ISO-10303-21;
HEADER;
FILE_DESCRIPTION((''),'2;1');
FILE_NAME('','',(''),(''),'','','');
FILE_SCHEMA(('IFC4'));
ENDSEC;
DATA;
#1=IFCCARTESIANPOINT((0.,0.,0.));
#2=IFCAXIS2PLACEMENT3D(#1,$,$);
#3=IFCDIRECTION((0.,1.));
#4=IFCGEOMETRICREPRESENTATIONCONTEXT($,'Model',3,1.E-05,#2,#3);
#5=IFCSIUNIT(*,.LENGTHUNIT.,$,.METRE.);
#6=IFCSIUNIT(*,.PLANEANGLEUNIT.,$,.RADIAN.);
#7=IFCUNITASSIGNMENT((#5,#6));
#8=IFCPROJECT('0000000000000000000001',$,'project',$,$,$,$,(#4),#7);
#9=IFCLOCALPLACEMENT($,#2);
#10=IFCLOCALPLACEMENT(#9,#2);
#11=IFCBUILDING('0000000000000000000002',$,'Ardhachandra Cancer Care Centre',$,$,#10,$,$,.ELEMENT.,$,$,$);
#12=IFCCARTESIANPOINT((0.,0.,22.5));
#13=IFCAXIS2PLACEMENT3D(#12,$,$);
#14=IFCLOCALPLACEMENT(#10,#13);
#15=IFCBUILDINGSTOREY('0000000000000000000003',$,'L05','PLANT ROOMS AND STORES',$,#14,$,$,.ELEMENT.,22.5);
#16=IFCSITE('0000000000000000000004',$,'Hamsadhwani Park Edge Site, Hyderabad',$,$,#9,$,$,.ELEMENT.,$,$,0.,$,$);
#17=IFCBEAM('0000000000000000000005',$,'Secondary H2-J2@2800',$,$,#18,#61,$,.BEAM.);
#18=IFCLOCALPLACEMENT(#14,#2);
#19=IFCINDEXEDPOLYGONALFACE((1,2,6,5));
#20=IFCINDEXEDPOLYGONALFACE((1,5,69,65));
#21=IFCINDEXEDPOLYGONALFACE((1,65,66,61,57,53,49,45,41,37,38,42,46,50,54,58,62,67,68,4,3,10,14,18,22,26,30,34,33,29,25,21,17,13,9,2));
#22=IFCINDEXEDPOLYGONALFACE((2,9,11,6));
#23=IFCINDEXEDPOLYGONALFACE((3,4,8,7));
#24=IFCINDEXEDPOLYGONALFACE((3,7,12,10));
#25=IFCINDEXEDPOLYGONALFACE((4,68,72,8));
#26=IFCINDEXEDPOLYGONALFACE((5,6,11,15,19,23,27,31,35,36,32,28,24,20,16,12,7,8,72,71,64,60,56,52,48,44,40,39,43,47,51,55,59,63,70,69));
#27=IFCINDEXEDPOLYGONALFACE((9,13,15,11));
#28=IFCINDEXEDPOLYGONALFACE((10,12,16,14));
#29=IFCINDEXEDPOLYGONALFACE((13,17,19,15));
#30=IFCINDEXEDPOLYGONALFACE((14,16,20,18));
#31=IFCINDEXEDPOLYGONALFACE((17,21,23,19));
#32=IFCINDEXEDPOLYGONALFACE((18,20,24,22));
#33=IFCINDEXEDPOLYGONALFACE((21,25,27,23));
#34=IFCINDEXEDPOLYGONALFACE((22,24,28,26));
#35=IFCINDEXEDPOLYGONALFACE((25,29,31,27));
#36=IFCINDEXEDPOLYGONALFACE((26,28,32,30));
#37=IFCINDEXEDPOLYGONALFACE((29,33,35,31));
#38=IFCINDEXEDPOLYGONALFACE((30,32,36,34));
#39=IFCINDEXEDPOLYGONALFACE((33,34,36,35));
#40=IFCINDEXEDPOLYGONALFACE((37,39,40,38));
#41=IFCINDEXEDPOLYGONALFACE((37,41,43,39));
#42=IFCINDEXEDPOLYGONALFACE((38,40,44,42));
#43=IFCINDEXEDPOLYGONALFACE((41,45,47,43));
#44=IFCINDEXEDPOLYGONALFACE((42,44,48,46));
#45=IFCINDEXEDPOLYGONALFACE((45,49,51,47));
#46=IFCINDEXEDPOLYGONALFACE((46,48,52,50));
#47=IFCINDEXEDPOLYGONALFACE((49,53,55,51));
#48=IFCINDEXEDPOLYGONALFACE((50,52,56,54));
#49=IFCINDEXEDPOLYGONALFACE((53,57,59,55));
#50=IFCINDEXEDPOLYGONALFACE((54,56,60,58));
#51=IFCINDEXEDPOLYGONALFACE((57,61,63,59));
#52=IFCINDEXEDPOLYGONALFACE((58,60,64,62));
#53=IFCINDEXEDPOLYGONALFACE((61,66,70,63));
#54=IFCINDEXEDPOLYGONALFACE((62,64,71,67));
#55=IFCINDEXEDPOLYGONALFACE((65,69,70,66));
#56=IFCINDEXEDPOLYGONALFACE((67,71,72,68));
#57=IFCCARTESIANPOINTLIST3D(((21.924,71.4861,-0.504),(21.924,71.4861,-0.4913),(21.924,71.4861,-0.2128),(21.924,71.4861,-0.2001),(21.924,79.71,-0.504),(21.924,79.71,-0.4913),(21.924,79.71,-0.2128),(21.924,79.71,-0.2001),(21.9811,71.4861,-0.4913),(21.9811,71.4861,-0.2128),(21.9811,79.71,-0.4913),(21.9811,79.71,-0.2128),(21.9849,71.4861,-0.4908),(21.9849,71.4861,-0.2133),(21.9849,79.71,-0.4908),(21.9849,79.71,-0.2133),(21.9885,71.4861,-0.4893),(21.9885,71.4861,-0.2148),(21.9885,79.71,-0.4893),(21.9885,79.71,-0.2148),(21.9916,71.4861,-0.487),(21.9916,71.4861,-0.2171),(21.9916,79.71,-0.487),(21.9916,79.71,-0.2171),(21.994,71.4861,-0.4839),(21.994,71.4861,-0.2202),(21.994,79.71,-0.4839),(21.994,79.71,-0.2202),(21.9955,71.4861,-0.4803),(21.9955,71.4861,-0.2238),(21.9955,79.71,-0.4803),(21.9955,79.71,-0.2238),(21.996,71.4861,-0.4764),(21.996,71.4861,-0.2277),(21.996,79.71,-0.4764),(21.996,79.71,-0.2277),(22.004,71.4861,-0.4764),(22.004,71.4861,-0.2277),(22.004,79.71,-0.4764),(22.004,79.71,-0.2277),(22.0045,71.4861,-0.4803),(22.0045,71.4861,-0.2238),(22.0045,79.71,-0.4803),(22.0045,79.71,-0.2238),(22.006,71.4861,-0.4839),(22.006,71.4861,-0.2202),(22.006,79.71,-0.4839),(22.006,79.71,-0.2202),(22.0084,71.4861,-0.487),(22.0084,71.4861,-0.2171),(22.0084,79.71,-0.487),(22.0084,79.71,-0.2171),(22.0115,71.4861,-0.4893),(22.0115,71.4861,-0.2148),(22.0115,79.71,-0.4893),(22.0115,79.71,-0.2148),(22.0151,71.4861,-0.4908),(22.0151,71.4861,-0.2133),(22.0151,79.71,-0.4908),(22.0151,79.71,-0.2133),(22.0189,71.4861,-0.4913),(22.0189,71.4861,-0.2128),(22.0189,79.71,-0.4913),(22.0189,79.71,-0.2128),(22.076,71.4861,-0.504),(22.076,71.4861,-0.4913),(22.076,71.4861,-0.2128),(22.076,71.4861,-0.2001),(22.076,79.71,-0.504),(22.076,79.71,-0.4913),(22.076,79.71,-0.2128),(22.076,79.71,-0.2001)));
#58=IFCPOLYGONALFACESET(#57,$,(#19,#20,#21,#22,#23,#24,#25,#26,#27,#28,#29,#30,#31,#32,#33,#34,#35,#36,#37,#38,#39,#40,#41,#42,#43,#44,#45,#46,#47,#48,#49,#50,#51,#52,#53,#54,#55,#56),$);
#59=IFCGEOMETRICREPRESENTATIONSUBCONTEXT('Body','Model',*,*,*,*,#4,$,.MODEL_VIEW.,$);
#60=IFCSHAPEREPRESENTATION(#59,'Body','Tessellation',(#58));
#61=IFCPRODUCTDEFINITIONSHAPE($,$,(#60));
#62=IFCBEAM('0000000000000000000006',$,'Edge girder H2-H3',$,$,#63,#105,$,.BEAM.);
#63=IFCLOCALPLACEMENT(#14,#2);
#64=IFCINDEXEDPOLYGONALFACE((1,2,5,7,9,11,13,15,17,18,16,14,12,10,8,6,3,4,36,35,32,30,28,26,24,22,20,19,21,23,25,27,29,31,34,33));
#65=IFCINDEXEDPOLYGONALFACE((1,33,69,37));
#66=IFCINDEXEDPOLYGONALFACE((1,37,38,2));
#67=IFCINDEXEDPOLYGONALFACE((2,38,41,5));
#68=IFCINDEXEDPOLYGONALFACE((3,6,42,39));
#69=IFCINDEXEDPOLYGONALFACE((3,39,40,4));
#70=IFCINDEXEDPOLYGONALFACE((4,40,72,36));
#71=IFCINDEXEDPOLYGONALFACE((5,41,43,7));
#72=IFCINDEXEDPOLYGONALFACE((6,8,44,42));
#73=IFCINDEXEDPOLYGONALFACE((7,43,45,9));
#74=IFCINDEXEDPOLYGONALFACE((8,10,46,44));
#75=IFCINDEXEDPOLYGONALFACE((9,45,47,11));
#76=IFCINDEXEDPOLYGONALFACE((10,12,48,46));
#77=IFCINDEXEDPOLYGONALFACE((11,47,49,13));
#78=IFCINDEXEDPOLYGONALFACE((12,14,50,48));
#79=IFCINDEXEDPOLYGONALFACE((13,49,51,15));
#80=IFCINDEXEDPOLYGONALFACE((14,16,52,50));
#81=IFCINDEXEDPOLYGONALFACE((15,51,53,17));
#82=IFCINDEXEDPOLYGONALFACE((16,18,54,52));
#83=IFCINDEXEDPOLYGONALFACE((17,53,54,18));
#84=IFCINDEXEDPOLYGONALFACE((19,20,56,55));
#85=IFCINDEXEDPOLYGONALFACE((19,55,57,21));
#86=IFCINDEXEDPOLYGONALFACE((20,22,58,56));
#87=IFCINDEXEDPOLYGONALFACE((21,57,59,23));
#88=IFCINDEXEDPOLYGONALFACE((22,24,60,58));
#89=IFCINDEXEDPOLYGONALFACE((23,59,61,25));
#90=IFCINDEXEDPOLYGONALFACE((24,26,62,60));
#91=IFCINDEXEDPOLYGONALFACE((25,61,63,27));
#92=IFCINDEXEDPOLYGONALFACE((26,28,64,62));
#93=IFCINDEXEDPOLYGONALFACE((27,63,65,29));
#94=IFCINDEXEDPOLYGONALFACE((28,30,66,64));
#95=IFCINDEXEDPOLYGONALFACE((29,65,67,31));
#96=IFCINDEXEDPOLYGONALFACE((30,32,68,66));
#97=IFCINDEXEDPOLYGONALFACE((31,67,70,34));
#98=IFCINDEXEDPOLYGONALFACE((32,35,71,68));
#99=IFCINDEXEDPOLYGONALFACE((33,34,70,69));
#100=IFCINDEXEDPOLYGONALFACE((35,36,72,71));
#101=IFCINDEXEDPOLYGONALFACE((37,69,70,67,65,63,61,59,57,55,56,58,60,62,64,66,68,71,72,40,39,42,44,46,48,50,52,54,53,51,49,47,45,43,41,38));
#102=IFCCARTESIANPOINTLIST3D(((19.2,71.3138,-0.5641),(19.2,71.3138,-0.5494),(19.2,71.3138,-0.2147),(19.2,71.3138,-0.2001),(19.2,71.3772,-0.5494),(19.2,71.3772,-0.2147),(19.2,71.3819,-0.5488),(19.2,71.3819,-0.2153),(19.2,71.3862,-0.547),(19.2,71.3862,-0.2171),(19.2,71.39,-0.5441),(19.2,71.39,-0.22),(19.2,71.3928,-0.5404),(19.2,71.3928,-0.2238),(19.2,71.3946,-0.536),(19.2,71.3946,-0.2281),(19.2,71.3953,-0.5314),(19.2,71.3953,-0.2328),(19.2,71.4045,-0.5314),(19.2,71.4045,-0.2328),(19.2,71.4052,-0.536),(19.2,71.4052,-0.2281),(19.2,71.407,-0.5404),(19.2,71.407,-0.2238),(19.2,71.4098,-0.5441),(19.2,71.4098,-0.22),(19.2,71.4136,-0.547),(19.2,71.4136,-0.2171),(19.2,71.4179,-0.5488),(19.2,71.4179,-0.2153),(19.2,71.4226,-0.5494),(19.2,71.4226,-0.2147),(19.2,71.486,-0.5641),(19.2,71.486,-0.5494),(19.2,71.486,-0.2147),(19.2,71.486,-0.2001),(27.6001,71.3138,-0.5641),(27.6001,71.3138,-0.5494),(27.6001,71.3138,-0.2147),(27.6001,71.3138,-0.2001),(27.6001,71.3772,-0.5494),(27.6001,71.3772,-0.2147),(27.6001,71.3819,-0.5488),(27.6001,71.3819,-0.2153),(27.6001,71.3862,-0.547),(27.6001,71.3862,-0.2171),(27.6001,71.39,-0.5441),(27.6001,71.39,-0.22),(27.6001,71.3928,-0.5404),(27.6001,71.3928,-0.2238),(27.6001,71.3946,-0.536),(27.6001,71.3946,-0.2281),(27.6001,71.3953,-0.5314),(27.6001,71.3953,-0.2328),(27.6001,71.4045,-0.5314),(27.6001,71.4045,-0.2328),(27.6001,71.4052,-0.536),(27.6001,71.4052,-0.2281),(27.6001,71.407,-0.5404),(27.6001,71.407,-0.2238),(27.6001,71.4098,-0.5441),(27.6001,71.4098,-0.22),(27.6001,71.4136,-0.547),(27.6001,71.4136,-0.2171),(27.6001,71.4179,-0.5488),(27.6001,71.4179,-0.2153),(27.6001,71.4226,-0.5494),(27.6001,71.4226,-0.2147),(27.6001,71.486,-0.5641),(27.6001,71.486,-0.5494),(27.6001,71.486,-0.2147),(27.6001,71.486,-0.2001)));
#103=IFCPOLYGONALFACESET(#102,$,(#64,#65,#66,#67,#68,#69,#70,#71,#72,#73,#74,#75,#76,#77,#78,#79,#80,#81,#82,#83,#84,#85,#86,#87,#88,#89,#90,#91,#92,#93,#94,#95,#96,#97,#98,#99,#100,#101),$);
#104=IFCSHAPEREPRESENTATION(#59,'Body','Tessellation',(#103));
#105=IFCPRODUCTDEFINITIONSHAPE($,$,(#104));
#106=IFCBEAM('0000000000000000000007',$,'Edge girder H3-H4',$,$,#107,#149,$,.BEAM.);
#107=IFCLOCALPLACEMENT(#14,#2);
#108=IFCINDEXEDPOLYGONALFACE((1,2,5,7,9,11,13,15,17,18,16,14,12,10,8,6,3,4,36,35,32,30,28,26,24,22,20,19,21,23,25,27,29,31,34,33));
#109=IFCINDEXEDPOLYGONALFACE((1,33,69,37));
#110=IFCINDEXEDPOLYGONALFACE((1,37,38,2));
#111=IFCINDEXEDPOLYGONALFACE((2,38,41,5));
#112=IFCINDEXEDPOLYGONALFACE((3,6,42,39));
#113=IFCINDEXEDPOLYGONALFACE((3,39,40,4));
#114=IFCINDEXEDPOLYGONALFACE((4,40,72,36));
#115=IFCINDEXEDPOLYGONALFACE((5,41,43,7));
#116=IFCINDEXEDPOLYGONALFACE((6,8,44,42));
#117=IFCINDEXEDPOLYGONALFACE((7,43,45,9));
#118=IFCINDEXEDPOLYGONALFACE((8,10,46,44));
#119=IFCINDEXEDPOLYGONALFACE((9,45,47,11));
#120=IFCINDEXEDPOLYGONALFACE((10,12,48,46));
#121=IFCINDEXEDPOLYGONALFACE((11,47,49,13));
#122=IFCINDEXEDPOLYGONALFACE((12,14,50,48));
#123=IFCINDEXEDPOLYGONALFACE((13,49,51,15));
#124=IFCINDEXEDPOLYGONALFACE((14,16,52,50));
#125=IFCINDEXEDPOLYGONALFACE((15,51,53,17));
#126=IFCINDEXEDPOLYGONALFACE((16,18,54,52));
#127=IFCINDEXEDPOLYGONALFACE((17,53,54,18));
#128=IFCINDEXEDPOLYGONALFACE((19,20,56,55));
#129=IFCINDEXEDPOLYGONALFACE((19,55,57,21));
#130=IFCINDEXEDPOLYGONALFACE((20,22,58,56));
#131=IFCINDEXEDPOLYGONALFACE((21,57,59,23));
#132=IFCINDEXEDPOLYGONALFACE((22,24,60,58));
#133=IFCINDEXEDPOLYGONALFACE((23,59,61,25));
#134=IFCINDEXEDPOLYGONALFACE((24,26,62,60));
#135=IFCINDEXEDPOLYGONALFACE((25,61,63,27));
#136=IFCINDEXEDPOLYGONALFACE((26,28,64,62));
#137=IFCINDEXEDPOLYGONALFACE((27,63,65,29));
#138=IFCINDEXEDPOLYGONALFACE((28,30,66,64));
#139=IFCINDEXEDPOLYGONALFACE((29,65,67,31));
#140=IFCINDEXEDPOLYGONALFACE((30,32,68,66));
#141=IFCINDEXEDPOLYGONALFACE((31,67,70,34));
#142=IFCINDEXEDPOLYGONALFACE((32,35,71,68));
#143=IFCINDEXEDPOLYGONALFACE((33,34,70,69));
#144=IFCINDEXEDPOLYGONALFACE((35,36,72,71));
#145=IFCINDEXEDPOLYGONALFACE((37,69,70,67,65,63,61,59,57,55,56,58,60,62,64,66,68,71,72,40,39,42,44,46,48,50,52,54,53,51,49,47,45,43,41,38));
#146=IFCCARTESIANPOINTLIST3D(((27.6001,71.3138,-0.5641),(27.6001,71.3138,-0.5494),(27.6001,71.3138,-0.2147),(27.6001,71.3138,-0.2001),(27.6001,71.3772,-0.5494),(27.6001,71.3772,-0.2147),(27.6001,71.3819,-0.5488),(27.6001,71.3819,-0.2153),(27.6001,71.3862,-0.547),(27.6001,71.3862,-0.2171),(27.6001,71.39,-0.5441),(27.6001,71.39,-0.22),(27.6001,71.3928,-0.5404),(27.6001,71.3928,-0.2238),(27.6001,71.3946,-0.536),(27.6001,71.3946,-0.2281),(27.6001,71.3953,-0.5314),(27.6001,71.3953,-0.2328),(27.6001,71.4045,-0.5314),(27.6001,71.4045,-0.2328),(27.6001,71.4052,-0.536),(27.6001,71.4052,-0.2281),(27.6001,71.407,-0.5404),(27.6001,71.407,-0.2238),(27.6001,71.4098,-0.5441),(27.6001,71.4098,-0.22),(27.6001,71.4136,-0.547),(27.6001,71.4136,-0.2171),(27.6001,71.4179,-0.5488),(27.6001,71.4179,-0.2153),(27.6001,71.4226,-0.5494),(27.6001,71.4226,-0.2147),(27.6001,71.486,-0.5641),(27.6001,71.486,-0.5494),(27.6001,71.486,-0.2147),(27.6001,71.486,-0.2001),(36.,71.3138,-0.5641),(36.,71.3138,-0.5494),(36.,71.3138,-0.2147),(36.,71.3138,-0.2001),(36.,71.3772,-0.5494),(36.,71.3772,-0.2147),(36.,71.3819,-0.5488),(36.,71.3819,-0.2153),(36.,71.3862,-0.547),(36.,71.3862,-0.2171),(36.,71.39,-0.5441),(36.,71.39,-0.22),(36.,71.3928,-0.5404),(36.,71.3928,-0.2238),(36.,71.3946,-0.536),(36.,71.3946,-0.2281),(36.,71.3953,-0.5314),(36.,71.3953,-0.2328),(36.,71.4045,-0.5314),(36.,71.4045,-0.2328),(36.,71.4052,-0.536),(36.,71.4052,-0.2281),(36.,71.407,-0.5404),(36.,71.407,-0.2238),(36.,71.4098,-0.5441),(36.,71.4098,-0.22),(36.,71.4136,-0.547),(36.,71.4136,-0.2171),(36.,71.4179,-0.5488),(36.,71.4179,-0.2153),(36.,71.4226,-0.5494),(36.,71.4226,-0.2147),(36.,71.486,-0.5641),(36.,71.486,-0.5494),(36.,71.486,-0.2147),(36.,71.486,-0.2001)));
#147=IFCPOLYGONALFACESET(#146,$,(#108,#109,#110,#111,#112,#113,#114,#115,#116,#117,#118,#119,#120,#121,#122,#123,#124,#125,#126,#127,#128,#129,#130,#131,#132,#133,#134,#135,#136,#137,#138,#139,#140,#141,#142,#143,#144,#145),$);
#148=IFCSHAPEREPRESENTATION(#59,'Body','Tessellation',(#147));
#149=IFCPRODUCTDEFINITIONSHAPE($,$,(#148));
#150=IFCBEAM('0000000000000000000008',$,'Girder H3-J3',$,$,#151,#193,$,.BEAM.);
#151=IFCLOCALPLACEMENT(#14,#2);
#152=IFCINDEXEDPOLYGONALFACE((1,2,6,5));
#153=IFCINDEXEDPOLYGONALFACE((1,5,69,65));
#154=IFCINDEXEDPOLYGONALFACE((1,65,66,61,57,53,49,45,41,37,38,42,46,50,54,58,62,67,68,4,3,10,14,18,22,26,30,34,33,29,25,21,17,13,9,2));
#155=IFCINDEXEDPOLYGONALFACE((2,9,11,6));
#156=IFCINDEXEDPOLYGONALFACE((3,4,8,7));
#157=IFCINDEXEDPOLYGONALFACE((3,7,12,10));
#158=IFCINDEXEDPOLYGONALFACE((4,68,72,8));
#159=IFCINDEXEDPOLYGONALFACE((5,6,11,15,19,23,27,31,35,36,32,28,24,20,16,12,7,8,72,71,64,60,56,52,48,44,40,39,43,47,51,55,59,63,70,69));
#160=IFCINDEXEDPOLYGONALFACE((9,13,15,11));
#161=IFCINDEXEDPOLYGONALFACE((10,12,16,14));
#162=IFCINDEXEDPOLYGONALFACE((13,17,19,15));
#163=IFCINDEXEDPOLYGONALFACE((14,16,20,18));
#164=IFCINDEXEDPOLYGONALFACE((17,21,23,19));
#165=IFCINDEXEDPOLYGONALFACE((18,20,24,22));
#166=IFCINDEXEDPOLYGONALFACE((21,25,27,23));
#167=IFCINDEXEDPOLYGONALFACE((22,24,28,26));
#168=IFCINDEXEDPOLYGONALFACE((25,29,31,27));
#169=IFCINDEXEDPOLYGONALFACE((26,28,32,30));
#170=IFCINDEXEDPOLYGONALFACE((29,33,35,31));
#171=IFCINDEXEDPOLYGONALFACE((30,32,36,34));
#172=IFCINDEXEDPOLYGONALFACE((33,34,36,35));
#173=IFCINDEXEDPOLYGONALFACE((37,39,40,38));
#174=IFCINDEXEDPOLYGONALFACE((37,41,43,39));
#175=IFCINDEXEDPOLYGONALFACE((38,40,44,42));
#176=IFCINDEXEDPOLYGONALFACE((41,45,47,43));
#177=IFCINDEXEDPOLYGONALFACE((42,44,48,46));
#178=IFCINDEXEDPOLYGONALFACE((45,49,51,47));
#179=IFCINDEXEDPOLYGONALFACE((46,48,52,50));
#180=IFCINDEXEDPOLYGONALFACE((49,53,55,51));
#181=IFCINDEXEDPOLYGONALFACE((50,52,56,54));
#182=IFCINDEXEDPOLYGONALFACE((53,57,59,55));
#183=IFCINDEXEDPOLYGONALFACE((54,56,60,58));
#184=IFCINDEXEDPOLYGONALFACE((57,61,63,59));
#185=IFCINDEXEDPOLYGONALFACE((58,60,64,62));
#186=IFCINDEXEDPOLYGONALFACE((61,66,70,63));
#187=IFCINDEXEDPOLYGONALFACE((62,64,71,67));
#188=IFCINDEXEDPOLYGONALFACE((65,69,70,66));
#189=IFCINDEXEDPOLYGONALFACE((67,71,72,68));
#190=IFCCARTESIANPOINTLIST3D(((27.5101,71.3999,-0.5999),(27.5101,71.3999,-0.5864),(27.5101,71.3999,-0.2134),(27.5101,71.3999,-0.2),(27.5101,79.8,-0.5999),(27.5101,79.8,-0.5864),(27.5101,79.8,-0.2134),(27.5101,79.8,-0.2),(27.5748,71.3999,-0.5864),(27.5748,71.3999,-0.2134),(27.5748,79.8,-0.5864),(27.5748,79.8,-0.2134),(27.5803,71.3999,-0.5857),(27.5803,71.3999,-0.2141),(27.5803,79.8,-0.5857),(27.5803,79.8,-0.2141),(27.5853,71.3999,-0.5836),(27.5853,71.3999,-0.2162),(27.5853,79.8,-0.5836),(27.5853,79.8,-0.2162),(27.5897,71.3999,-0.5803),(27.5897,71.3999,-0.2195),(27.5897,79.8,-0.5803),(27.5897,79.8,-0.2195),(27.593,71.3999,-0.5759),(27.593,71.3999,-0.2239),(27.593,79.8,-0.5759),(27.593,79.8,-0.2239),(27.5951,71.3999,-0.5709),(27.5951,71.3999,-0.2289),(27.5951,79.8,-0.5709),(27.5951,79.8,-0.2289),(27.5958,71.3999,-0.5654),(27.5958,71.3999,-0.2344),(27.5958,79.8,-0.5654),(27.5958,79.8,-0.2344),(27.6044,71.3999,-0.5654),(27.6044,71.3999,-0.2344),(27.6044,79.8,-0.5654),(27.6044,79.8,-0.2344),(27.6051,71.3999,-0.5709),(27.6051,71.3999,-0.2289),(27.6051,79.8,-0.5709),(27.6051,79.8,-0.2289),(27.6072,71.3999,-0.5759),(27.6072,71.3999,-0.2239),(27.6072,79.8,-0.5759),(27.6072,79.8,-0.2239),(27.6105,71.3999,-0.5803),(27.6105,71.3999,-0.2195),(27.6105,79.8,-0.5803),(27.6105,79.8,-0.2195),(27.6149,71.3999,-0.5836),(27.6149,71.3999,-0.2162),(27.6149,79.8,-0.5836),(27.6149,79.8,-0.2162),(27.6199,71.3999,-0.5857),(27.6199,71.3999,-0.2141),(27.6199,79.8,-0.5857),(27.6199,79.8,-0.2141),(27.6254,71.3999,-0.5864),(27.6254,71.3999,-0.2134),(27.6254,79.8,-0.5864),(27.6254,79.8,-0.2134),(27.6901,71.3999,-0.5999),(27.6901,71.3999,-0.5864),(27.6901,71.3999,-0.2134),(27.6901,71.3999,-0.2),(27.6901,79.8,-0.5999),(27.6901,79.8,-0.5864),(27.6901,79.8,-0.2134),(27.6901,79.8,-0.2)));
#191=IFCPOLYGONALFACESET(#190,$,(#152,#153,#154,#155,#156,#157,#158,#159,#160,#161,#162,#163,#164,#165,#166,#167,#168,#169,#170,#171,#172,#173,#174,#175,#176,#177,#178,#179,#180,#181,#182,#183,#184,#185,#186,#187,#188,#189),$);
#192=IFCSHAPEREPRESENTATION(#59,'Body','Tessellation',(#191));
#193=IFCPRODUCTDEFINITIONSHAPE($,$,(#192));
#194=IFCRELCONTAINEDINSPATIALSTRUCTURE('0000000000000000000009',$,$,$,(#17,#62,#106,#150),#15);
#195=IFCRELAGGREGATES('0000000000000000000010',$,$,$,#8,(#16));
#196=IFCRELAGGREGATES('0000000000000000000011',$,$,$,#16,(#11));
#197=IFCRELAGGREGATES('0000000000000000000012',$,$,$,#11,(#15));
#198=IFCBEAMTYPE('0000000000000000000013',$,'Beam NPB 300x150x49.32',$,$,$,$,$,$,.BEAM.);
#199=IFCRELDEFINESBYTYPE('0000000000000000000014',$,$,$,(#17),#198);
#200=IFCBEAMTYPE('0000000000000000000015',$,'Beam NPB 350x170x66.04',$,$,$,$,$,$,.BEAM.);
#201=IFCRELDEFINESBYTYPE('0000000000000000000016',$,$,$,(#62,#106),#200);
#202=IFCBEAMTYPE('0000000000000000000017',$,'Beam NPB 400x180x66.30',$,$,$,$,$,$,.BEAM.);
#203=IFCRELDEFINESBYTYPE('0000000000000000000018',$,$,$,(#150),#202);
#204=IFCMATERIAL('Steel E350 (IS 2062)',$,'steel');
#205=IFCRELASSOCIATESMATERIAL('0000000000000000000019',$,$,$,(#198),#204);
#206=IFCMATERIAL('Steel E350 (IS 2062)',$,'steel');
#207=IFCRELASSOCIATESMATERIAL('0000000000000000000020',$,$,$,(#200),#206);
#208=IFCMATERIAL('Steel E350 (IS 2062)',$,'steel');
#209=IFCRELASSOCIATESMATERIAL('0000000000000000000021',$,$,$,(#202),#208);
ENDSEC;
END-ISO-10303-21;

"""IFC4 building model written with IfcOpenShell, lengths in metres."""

from ifc_helpers import new_model, si_unit, direction, frame, origin, origin_2d, place, context, subcontext, project, spatial, i_section, extrude, material, material_profile, profile_set, type_object, element, save


model = new_model("IFC4")

# Units and contexts
model_context = context("Model", 3, precision=1e-05, world=origin(), true_north=direction((0.0, 1.0)))
body_context = subcontext(model_context, "Body", "Model", "MODEL_VIEW")
ifc_project = project(units=[si_unit("LENGTHUNIT", "METRE"), si_unit("PLANEANGLEUNIT", "RADIAN")], contexts=[model_context])

# Site, building, storey
site_placement = place(None, origin())
site = spatial("IfcSite", under=ifc_project, at=site_placement, Name="Hamsadhwani Park Edge Site, Hyderabad", CompositionType="ELEMENT", RefElevation=0.0)
building_placement = place(site_placement, origin())
building = spatial("IfcBuilding", under=site, at=building_placement, Name="Ardhachandra Cancer Care Centre", CompositionType="ELEMENT")
storey_placement = place(building_placement, frame((0.0, 0.0, 22.5)))
storey = spatial("IfcBuildingStorey", under=building, at=storey_placement, Name="L05", Description="PLANT ROOMS AND STORES", CompositionType="ELEMENT", Elevation=22.5)

# Beams
ifc_material_1 = material(Name="Steel E350 (IS 2062)", Category="steel")
ifc_material_profile_1 = material_profile(ifc_material_1, i_section(OverallWidth=0.1521, OverallDepth=0.304, WebThickness=0.0081, FlangeThickness=0.0127, FilletRadius=0.0149, at=origin_2d()), Name="NPB 300x150x49.32")
ifc_profile_set_1 = profile_set([ifc_material_profile_1], Name="Steel E350 (IS 2062)")
beam_type_1 = type_object("IfcBeamType", Name="Beam NPB 300x150x49.32", PredefinedType="BEAM", material=ifc_profile_set_1)
beam_1_placement = place(storey_placement, frame((22.0, 71.4861, -0.3521), z_axis=(0.0, 1.0, 0.0), x_axis=(-1.0, 0.0, 0.0)))
element("IfcBeam", 1, at=beam_1_placement, inside=storey, type_object=beam_type_1, Name="Secondary H2-J2@2800", PredefinedType="BEAM", context=body_context, shape_type="SweptSolid", body=[
    extrude(i_section(OverallWidth=0.1521, OverallDepth=0.304, WebThickness=0.0081, FlangeThickness=0.0127, FilletRadius=0.0149, at=origin_2d()), origin(), (0.0, 0.0, 1.0), 8.2239),
])
ifc_material_2 = material(Name="Steel E350 (IS 2062)", Category="steel")
ifc_material_profile_2 = material_profile(ifc_material_2, i_section(OverallWidth=0.1721, OverallDepth=0.364, WebThickness=0.0093, FlangeThickness=0.0146, FilletRadius=0.0181, at=origin_2d()), Name="NPB 350x170x66.04")
ifc_profile_set_2 = profile_set([ifc_material_profile_2], Name="Steel E350 (IS 2062)")
beam_type_2 = type_object("IfcBeamType", Name="Beam NPB 350x170x66.04", PredefinedType="BEAM", material=ifc_profile_set_2)
beam_2_placement = place(storey_placement, frame((19.2, 71.3999, -0.3821), z_axis=(1.0, 0.0, 0.0), x_axis=(0.0, 1.0, 0.0)))
element("IfcBeam", 2, at=beam_2_placement, inside=storey, type_object=beam_type_2, Name="Edge girder H2-H3", PredefinedType="BEAM", context=body_context, shape_type="SweptSolid", body=[
    extrude(i_section(OverallWidth=0.1721, OverallDepth=0.364, WebThickness=0.0093, FlangeThickness=0.0146, FilletRadius=0.0181, at=origin_2d()), origin(), (0.0, 0.0, 1.0), 8.4001),
])
beam_3_placement = place(storey_placement, frame((27.6001, 71.3999, -0.3821), z_axis=(1.0, 0.0, 0.0), x_axis=(0.0, 1.0, 0.0)))
element("IfcBeam", 3, at=beam_3_placement, inside=storey, type_object=beam_type_2, Name="Edge girder H3-H4", PredefinedType="BEAM", context=body_context, shape_type="SweptSolid", body=[
    extrude(i_section(OverallWidth=0.1721, OverallDepth=0.364, WebThickness=0.0093, FlangeThickness=0.0146, FilletRadius=0.0181, at=origin_2d()), origin(), (0.0, 0.0, 1.0), 8.3999),
])
ifc_material_3 = material(Name="Steel E350 (IS 2062)", Category="steel")
ifc_material_profile_3 = material_profile(ifc_material_3, i_section(OverallWidth=0.1799, OverallDepth=0.3999, WebThickness=0.0085, FlangeThickness=0.0134, FilletRadius=0.021, at=origin_2d()), Name="NPB 400x180x66.30")
ifc_profile_set_3 = profile_set([ifc_material_profile_3], Name="Steel E350 (IS 2062)")
beam_type_3 = type_object("IfcBeamType", Name="Beam NPB 400x180x66.30", PredefinedType="BEAM", material=ifc_profile_set_3)
beam_4_placement = place(storey_placement, frame((27.6001, 71.3999, -0.3999), z_axis=(0.0, 1.0, 0.0), x_axis=(-1.0, 0.0, 0.0)))
element("IfcBeam", 4, at=beam_4_placement, inside=storey, type_object=beam_type_3, Name="Girder H3-J3", PredefinedType="BEAM", context=body_context, shape_type="SweptSolid", body=[
    extrude(i_section(OverallWidth=0.1799, OverallDepth=0.3999, WebThickness=0.0085, FlangeThickness=0.0134, FilletRadius=0.021, at=origin_2d()), origin(), (0.0, 0.0, 1.0), 8.4001),
])

save(model, "model.ifc")
